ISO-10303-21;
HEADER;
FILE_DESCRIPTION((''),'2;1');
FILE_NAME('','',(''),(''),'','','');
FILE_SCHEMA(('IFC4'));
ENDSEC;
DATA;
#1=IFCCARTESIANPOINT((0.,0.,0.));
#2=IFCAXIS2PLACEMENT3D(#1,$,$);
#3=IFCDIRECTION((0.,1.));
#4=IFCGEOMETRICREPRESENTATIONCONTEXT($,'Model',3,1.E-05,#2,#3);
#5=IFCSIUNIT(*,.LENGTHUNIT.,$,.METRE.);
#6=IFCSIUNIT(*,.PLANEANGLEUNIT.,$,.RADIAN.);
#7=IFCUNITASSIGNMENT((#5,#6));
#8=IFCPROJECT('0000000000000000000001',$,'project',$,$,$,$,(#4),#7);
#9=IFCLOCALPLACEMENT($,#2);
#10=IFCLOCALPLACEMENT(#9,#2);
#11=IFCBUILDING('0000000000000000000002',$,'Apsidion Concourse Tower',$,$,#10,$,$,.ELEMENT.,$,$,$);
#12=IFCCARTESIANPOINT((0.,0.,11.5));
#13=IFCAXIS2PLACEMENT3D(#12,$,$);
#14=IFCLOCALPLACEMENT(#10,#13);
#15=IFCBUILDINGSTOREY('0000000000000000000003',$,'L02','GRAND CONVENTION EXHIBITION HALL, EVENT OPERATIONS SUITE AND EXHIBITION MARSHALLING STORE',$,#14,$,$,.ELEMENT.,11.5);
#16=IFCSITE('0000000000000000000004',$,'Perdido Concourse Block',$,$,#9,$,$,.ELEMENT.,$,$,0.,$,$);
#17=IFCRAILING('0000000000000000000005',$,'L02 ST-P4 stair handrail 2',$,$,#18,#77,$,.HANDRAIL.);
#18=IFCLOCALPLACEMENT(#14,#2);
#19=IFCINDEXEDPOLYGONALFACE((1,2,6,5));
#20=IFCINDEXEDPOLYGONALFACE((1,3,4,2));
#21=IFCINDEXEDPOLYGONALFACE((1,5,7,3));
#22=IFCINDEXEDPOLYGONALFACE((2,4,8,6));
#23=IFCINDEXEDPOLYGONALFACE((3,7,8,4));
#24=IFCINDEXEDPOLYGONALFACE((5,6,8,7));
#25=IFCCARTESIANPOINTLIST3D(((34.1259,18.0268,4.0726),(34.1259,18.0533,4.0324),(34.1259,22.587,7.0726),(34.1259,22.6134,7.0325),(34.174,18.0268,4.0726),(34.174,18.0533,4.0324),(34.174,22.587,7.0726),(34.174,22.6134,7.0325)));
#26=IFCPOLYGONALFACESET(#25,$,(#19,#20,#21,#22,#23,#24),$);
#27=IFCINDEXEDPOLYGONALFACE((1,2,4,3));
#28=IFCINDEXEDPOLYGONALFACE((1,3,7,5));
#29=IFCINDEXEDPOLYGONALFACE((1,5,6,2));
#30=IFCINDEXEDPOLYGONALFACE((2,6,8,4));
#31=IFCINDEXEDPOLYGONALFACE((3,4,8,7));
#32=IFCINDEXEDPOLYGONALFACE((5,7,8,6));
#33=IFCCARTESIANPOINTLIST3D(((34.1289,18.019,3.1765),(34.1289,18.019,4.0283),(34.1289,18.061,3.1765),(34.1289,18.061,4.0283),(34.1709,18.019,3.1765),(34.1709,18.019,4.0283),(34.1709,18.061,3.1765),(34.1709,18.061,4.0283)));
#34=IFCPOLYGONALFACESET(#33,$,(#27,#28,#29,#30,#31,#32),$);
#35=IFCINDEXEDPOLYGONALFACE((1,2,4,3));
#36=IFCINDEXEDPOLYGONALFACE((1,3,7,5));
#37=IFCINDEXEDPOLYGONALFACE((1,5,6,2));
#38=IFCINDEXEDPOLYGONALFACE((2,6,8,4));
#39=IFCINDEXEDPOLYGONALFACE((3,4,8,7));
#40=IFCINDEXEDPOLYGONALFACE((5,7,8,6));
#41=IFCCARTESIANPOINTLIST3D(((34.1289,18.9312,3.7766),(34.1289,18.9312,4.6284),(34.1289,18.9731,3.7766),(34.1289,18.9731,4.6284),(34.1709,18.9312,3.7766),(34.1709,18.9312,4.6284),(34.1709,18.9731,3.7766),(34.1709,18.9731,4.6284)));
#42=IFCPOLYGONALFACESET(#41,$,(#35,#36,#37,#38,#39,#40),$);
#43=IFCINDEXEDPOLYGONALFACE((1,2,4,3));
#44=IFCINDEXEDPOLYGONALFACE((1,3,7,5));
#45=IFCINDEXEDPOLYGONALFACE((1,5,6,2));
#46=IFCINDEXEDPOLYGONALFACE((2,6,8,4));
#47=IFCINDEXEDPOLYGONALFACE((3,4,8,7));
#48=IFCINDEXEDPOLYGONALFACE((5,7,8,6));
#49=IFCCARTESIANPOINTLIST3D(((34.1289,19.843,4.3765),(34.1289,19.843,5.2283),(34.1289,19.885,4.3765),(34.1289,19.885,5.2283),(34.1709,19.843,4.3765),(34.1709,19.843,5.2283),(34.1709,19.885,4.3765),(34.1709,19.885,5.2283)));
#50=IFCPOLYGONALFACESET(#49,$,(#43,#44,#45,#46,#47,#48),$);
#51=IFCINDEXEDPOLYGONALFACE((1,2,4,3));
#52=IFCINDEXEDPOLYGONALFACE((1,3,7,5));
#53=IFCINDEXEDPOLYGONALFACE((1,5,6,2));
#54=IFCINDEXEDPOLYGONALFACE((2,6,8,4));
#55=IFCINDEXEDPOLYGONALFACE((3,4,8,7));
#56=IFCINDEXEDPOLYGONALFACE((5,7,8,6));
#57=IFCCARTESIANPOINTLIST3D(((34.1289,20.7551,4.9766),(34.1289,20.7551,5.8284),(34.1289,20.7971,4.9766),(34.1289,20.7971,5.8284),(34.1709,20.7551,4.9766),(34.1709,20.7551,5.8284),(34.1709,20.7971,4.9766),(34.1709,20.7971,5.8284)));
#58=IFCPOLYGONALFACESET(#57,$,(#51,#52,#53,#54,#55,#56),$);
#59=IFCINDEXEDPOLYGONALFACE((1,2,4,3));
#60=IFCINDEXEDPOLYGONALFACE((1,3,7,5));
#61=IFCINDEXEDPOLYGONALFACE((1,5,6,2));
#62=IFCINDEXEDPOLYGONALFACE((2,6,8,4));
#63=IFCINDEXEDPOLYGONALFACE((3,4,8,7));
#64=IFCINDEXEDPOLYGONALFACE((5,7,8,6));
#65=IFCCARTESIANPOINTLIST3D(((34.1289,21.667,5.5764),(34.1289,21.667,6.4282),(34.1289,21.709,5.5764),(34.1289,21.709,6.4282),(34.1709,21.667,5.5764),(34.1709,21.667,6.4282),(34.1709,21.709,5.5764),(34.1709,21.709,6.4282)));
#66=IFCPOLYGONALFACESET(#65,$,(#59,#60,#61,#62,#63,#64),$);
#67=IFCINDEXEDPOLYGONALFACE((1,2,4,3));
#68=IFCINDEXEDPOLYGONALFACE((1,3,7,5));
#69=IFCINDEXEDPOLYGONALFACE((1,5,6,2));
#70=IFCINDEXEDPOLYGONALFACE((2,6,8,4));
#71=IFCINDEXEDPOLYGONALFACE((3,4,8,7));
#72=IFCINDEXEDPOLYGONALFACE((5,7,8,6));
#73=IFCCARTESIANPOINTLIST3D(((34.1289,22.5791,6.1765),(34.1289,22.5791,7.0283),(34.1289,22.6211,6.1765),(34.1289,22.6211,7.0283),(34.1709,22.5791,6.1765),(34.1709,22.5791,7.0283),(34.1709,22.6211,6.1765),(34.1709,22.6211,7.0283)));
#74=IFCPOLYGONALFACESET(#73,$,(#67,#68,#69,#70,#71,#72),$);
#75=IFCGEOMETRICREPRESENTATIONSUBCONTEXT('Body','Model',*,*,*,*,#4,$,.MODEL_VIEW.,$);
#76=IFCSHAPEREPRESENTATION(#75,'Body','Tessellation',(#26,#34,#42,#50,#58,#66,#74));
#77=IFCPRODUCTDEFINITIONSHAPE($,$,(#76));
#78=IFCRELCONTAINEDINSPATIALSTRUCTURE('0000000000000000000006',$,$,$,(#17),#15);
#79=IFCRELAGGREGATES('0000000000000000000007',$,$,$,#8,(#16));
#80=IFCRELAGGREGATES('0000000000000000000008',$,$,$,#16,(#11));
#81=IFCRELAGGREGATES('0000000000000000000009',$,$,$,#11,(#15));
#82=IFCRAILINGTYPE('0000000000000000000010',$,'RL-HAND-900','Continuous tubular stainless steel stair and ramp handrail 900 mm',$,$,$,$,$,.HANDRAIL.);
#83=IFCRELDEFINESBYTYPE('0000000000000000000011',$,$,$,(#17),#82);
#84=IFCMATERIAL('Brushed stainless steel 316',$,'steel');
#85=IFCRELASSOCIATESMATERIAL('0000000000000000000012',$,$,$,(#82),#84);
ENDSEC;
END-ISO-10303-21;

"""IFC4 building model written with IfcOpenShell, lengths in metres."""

from ifc_helpers import new_model, si_unit, direction, frame, origin, origin_2d, place, context, subcontext, project, spatial, rectangle, extrude, material, type_object, element, save


model = new_model("IFC4")

# Units and contexts
model_context = context("Model", 3, precision=1e-05, world=origin(), true_north=direction((0.0, 1.0)))
body_context = subcontext(model_context, "Body", "Model", "MODEL_VIEW")
ifc_project = project(units=[si_unit("LENGTHUNIT", "METRE"), si_unit("PLANEANGLEUNIT", "RADIAN")], contexts=[model_context])

# Site, building, storey
site_placement = place(None, origin())
site = spatial("IfcSite", under=ifc_project, at=site_placement, Name="Perdido Concourse Block", CompositionType="ELEMENT", RefElevation=0.0)
building_placement = place(site_placement, origin())
building = spatial("IfcBuilding", under=site, at=building_placement, Name="Apsidion Concourse Tower", CompositionType="ELEMENT")
storey_placement = place(building_placement, frame((0.0, 0.0, 11.5)))
storey = spatial("IfcBuildingStorey", under=building, at=storey_placement, Name="L02", Description="GRAND CONVENTION EXHIBITION HALL, EVENT OPERATIONS SUITE AND EXHIBITION MARSHALLING STORE", CompositionType="ELEMENT", Elevation=11.5)

# Shared definitions
ifc_material_1 = material(Name="Brushed stainless steel 316", Category="steel")

# Railing
railing_type_1 = type_object("IfcRailingType", Name="RL-HAND-900", Description="Continuous tubular stainless steel stair and ramp handrail 900 mm", PredefinedType="HANDRAIL", material=ifc_material_1)
railing_1_placement = place(storey_placement, frame((34.1499, 18.04, 3.1765)))
element("IfcRailing", 1, at=railing_1_placement, inside=storey, type_object=railing_type_1, Name="L02 ST-P4 stair handrail 2", PredefinedType="HANDRAIL", context=body_context, shape_type="SweptSolid", body=[
    extrude(rectangle(XDim=0.0481, YDim=0.0481, at=origin_2d()), frame((0.0, 0.0, 0.876), z_axis=(0.0, 0.83542, 0.549612), x_axis=(-1.0, 0.0, 0.0)), (0.0, 0.0, 1.0), 5.4585),
    extrude(rectangle(XDim=0.042, YDim=0.042, at=origin_2d()), origin(), (0.0, 0.0, 1.0), 0.8518),
    extrude(rectangle(XDim=0.042, YDim=0.042, at=origin_2d()), frame((0.0, 0.9121, 0.6001)), (0.0, 0.0, 1.0), 0.8518),
    extrude(rectangle(XDim=0.042, YDim=0.042, at=origin_2d()), frame((0.0, 1.824, 1.2)), (0.0, 0.0, 1.0), 0.8518),
    extrude(rectangle(XDim=0.042, YDim=0.042, at=origin_2d()), frame((0.0, 2.7361, 1.8)), (0.0, 0.0, 1.0), 0.8518),
    extrude(rectangle(XDim=0.042, YDim=0.042, at=origin_2d()), frame((0.0, 3.6479, 2.3999)), (0.0, 0.0, 1.0), 0.8518),
    extrude(rectangle(XDim=0.042, YDim=0.042, at=origin_2d()), frame((0.0, 4.5601, 3.0)), (0.0, 0.0, 1.0), 0.8518),
])

save(model, "model.ifc")
